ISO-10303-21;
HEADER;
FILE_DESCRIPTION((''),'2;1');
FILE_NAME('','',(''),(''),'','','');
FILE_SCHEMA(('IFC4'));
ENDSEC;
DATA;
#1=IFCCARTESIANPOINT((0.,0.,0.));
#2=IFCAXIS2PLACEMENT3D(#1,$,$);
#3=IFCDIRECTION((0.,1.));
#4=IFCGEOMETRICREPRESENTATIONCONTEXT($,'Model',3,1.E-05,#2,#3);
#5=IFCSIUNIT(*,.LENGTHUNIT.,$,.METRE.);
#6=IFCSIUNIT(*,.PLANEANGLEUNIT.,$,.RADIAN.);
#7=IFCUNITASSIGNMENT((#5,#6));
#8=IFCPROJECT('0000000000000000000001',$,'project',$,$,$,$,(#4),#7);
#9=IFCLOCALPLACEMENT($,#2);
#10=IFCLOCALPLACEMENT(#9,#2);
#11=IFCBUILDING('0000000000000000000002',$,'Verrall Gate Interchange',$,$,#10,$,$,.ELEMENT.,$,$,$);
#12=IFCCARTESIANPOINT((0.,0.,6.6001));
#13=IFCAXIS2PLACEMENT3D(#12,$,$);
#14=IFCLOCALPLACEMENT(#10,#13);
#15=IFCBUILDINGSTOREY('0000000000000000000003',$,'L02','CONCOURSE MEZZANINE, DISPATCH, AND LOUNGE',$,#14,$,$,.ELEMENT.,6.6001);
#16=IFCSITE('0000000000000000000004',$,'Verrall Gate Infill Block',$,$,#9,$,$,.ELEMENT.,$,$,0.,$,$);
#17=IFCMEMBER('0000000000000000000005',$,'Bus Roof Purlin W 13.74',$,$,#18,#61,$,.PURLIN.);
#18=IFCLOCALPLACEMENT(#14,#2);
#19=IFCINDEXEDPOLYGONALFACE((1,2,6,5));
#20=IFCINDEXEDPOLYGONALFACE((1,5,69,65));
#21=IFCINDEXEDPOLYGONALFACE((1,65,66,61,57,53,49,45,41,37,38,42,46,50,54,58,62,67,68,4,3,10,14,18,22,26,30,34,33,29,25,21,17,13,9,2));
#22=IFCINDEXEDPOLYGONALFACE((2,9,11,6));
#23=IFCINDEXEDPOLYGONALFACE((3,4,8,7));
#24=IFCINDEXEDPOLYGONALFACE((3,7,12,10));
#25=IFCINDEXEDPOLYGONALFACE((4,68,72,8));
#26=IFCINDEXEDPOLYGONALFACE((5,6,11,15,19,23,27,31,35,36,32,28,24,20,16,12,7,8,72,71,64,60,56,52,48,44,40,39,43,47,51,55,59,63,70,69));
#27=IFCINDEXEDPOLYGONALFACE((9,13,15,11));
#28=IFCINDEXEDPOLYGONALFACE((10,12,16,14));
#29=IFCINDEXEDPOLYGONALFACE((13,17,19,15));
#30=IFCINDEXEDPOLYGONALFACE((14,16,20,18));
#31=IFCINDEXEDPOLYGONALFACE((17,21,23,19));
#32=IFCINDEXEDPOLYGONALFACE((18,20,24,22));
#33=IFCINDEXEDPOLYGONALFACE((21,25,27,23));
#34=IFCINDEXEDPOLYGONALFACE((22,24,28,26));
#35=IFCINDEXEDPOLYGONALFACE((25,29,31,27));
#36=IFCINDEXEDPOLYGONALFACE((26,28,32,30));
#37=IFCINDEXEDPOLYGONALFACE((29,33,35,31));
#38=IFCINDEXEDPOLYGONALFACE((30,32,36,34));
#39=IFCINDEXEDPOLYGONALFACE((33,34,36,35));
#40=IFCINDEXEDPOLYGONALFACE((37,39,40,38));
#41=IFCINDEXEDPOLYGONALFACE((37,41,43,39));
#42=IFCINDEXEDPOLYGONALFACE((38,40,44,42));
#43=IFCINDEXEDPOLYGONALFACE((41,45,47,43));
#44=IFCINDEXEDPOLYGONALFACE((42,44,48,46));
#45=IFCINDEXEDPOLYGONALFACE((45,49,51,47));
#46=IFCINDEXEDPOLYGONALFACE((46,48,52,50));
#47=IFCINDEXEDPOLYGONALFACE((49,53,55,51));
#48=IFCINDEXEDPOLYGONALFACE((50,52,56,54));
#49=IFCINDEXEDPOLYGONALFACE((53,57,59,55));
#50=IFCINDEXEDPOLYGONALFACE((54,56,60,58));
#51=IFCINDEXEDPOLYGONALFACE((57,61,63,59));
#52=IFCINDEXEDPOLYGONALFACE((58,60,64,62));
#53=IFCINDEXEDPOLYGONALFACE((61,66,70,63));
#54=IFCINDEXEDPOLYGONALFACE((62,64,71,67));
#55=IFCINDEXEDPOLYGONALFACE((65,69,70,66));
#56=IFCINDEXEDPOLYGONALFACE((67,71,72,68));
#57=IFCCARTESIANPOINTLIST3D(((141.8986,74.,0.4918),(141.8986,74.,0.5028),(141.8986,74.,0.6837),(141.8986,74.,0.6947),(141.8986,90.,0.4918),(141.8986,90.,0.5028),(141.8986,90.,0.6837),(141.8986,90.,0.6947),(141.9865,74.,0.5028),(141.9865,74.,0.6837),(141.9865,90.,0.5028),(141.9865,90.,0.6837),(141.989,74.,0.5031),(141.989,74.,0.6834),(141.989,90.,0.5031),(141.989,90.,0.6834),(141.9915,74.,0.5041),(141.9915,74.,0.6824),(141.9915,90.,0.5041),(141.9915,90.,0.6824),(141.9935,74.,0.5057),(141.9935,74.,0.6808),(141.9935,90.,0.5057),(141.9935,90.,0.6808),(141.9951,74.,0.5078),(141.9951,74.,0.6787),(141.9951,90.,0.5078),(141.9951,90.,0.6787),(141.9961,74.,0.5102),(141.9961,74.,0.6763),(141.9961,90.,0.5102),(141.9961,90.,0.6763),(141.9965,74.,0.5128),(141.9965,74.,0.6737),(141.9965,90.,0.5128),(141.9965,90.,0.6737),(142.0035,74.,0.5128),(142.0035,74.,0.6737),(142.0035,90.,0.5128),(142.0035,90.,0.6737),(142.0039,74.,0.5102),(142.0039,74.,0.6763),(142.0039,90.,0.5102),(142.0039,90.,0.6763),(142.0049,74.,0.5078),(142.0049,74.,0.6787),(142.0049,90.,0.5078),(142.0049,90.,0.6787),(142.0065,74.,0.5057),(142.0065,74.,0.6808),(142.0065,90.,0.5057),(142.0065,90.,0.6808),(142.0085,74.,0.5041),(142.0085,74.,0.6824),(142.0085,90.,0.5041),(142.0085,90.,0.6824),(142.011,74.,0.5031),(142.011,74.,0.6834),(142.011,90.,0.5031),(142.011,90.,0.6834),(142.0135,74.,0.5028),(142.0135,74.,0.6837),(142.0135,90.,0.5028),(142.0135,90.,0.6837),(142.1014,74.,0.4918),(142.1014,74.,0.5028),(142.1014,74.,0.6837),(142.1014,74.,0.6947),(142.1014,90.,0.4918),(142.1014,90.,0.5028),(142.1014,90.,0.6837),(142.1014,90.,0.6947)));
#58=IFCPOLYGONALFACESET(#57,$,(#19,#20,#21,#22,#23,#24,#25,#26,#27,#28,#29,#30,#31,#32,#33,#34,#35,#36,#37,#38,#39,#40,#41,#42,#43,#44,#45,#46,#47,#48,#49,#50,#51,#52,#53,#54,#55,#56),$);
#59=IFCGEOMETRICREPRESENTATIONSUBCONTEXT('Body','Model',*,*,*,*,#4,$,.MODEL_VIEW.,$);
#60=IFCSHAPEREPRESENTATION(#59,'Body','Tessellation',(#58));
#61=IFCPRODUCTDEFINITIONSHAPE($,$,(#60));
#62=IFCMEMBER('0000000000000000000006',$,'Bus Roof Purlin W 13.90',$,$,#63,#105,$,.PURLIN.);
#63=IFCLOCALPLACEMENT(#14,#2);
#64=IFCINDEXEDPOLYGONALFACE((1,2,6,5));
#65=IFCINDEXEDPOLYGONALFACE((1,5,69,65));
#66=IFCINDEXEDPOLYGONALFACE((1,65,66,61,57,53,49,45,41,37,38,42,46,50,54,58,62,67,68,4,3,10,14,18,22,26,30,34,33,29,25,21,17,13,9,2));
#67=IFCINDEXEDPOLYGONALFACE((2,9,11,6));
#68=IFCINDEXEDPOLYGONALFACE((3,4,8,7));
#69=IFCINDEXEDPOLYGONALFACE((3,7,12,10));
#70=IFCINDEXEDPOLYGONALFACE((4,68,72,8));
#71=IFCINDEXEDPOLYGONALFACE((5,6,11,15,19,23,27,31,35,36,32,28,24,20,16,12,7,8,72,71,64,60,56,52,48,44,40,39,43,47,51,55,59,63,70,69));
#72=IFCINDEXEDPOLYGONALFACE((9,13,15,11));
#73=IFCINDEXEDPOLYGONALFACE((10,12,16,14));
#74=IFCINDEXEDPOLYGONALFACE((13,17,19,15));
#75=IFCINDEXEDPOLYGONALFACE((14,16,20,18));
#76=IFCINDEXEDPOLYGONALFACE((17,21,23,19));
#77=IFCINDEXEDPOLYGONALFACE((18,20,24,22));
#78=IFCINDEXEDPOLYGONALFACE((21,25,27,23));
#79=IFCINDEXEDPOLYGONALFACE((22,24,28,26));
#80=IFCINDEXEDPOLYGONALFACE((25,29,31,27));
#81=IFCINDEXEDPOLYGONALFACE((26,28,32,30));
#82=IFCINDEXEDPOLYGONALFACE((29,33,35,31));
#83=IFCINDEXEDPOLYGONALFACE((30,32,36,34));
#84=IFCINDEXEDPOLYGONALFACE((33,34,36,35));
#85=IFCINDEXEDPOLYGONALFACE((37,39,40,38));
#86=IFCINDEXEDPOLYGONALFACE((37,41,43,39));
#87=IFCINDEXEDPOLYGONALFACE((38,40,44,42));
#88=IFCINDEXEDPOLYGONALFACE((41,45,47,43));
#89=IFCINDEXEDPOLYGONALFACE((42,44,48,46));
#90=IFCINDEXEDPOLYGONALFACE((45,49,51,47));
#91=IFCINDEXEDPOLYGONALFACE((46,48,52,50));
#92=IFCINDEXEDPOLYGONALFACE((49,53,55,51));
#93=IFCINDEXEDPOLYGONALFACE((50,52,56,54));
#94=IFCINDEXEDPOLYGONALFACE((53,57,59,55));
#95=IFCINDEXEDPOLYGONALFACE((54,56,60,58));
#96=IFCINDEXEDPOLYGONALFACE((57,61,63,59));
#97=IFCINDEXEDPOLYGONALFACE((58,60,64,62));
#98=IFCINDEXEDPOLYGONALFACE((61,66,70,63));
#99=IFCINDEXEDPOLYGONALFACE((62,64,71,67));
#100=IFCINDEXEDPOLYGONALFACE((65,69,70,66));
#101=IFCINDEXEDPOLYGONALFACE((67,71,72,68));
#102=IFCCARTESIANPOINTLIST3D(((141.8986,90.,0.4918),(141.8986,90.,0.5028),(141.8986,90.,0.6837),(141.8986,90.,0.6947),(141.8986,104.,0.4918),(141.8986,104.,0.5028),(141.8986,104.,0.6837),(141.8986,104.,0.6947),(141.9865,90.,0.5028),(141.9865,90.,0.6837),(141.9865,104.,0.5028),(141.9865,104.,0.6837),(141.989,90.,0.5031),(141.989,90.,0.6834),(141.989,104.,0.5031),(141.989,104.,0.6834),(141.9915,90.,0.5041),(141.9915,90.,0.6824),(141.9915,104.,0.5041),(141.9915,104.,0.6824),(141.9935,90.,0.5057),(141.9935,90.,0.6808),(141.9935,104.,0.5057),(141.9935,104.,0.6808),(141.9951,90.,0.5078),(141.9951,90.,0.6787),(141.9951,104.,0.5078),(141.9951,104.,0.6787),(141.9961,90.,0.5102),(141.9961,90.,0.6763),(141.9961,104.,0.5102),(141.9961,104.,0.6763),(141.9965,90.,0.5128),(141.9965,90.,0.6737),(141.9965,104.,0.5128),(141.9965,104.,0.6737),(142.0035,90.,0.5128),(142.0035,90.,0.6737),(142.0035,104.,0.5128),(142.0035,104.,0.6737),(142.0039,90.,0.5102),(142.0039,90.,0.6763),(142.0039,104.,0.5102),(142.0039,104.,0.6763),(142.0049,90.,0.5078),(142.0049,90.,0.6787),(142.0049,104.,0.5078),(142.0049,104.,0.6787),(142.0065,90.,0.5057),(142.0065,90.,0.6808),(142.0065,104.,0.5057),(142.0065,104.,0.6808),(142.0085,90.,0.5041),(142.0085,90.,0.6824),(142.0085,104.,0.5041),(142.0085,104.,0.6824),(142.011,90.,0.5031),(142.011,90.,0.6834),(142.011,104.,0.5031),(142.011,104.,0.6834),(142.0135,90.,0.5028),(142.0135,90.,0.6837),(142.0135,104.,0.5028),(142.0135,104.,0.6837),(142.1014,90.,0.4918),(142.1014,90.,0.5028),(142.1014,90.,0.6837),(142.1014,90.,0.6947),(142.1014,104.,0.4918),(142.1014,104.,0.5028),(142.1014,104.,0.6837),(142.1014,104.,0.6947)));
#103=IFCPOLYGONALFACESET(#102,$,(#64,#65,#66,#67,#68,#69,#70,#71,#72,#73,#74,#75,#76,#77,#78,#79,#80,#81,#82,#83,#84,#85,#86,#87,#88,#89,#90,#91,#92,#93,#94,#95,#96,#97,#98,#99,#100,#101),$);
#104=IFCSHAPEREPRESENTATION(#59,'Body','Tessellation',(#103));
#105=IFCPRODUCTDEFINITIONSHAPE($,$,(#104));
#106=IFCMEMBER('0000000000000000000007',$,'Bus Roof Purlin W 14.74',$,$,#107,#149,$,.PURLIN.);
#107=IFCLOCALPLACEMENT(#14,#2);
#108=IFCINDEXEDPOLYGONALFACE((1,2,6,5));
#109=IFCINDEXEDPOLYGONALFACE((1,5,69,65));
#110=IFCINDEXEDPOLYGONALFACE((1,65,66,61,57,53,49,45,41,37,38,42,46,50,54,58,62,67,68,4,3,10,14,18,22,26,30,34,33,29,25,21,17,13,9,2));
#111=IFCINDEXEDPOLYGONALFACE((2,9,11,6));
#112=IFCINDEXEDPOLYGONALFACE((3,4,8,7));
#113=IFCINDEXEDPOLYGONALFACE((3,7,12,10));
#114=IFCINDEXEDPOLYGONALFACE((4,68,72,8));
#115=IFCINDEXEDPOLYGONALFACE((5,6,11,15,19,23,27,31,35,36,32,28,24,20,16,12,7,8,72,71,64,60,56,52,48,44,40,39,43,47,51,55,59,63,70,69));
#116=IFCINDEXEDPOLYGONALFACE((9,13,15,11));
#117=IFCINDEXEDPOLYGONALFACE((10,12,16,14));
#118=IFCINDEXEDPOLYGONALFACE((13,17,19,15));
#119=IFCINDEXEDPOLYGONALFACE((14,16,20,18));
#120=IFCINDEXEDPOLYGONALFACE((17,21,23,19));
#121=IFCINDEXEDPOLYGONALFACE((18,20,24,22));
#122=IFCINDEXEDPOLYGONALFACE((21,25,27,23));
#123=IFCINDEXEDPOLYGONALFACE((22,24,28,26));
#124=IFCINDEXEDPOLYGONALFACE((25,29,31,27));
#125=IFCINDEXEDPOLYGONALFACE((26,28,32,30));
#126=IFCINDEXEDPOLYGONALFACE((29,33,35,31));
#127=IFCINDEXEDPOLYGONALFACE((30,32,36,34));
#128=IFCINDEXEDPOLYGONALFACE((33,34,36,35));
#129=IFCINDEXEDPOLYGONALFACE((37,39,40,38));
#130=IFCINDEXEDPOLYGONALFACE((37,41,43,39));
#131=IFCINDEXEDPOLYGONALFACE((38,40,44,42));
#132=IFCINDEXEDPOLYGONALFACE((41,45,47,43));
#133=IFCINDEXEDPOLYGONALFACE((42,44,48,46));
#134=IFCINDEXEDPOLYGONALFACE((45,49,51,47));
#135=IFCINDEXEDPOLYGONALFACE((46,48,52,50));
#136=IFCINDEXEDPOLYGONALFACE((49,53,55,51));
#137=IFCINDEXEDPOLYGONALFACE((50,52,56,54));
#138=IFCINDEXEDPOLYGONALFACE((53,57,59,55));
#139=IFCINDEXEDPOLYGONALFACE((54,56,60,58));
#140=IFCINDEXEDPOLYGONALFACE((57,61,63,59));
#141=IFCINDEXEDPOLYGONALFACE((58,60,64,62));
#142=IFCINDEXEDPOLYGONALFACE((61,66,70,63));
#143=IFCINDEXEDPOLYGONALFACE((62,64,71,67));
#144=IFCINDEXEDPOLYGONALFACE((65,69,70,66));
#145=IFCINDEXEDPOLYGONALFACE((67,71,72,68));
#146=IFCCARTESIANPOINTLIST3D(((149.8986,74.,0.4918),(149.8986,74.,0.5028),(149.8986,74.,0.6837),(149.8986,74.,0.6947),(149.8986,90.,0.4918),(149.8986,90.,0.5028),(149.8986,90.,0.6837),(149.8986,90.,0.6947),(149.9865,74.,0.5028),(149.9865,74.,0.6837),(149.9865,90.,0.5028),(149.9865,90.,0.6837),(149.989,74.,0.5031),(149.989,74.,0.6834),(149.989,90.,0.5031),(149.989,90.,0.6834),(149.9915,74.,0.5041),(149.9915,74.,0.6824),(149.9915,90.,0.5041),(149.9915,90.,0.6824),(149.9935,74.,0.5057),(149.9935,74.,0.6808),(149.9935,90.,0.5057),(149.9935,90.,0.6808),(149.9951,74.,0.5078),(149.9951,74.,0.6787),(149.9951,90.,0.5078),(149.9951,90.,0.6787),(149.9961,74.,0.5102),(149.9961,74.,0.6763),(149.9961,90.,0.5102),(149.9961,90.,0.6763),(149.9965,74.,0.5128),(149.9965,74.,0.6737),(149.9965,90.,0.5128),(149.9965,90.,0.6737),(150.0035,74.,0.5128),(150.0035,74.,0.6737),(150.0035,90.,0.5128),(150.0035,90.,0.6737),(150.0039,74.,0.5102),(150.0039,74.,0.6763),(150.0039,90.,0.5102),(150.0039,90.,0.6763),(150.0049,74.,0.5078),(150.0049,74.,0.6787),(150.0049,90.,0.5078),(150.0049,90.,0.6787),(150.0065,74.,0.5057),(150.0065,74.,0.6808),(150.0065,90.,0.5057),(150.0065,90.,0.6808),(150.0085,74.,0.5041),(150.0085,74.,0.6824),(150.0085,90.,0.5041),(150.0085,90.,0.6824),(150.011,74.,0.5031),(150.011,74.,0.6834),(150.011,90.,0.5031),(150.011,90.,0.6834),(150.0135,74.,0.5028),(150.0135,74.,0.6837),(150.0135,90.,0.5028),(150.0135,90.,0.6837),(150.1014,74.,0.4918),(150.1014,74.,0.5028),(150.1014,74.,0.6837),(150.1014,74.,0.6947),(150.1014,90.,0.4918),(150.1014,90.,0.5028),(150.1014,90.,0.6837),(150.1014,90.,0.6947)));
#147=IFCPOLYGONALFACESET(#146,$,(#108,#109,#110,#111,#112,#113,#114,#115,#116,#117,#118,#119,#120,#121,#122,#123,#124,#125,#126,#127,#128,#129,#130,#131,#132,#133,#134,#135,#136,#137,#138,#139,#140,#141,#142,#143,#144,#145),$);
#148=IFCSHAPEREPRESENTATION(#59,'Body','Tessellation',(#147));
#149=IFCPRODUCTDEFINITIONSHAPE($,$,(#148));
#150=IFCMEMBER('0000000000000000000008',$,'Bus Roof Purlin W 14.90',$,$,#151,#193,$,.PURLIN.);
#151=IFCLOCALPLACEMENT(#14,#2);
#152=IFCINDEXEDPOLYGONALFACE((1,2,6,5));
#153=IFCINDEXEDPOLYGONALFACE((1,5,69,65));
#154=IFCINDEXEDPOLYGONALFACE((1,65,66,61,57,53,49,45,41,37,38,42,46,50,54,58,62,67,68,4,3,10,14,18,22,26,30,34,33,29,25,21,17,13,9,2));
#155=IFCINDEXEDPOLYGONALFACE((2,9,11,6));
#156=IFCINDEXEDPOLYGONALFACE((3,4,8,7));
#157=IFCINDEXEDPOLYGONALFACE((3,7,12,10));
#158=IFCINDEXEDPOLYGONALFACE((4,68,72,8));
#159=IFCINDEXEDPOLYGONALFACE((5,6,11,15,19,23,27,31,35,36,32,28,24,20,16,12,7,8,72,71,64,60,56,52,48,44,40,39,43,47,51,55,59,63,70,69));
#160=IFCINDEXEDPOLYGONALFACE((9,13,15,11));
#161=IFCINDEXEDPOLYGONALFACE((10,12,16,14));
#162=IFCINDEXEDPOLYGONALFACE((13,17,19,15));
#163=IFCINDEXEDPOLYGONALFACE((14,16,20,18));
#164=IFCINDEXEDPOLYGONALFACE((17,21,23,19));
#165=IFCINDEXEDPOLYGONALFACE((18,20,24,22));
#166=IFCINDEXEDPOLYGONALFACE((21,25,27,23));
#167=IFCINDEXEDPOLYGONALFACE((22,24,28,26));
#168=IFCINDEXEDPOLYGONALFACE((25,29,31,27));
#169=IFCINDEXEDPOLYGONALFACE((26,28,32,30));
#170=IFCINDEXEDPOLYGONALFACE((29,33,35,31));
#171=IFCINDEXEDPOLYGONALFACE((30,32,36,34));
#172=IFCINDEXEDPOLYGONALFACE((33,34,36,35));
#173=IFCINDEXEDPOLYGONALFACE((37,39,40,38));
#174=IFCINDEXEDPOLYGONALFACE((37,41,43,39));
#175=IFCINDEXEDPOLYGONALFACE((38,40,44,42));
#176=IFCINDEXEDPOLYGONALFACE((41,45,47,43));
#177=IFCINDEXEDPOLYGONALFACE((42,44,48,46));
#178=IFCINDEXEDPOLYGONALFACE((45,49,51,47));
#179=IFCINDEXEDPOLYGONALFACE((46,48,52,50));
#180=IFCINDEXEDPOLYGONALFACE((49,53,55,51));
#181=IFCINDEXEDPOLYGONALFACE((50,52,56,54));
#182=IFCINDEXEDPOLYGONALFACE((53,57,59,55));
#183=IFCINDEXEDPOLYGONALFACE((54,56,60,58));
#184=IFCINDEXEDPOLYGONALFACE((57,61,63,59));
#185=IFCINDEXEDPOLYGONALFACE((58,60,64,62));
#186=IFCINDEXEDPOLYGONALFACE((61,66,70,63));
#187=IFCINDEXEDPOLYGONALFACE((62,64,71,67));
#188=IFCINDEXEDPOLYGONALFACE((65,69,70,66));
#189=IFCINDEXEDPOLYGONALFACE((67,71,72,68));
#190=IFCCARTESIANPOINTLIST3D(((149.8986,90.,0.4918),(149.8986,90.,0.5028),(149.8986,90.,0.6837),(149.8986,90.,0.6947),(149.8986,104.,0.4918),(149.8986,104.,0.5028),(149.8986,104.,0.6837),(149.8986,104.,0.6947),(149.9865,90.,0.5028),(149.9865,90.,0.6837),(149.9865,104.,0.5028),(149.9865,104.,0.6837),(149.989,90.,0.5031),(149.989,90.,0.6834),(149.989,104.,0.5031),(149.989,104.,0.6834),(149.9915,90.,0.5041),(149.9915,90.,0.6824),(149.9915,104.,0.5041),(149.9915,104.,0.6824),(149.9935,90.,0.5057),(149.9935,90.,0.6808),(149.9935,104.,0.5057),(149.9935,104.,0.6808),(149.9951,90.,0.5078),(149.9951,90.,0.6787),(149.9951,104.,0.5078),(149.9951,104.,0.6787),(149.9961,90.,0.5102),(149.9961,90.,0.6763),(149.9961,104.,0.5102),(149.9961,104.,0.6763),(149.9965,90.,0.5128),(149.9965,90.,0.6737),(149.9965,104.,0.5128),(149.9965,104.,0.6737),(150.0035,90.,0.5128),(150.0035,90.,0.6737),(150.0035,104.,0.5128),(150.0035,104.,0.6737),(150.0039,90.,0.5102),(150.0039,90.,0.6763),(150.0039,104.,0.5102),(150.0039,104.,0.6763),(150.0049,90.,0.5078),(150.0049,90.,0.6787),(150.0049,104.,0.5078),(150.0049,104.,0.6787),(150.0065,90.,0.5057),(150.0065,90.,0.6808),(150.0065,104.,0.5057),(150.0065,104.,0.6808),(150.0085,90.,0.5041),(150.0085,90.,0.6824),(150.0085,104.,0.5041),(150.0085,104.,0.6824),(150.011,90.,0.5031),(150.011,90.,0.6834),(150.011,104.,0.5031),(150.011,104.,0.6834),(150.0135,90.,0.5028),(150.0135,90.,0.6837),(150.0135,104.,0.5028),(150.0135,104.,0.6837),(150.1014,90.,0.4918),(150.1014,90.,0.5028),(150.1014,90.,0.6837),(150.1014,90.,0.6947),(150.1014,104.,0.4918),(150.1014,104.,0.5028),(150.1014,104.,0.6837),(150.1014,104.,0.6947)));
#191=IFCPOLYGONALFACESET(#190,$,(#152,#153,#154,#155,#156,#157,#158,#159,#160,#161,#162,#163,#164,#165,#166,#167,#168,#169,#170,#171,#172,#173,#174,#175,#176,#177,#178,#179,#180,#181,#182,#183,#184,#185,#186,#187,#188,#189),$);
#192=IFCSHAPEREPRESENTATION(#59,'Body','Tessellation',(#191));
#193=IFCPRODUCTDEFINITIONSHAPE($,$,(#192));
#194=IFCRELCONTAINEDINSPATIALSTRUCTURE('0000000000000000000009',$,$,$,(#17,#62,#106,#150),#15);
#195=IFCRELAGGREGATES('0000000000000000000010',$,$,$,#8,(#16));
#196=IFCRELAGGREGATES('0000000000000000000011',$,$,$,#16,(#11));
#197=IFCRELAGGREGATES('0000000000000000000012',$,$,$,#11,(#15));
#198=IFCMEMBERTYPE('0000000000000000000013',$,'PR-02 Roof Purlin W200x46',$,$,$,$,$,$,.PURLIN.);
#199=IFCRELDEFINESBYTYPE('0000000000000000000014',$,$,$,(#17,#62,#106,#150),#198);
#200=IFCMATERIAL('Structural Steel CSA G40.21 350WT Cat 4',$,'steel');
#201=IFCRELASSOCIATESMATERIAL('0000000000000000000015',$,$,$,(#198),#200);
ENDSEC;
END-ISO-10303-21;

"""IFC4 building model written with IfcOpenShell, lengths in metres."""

from ifc_helpers import new_model, si_unit, direction, frame, origin, origin_2d, place, context, subcontext, project, spatial, i_section, extrude, material, material_profile, profile_set, type_object, element, save


model = new_model("IFC4")

# Units and contexts
model_context = context("Model", 3, precision=1e-05, world=origin(), true_north=direction((0.0, 1.0)))
body_context = subcontext(model_context, "Body", "Model", "MODEL_VIEW")
ifc_project = project(units=[si_unit("LENGTHUNIT", "METRE"), si_unit("PLANEANGLEUNIT", "RADIAN")], contexts=[model_context])

# Site, building, storey
site_placement = place(None, origin())
site = spatial("IfcSite", under=ifc_project, at=site_placement, Name="Verrall Gate Infill Block", CompositionType="ELEMENT", RefElevation=0.0)
building_placement = place(site_placement, origin())
building = spatial("IfcBuilding", under=site, at=building_placement, Name="Verrall Gate Interchange", CompositionType="ELEMENT")
storey_placement = place(building_placement, frame((0.0, 0.0, 6.6001)))
storey = spatial("IfcBuildingStorey", under=building, at=storey_placement, Name="L02", Description="CONCOURSE MEZZANINE, DISPATCH, AND LOUNGE", CompositionType="ELEMENT", Elevation=6.6001)

# Members
ifc_material_1 = material(Name="Structural Steel CSA G40.21 350WT Cat 4", Category="steel")
ifc_material_profile_1 = material_profile(ifc_material_1, i_section(OverallWidth=0.2029, OverallDepth=0.2029, WebThickness=0.0071, FlangeThickness=0.011, FilletRadius=0.01, at=origin_2d()), Name="W200x46")
ifc_profile_set_1 = profile_set([ifc_material_profile_1], Name="Structural Steel CSA G40.21 350WT Cat 4")
member_type_1 = type_object("IfcMemberType", Name="PR-02 Roof Purlin W200x46", PredefinedType="PURLIN", material=ifc_profile_set_1)
member_1_placement = place(storey_placement, frame((142.0, 74.0, 0.5933), z_axis=(0.0, 1.0, 0.0), x_axis=(-1.0, 0.0, 0.0)))
element("IfcMember", 1, at=member_1_placement, inside=storey, type_object=member_type_1, Name="Bus Roof Purlin W 13.74", PredefinedType="PURLIN", context=body_context, shape_type="SweptSolid", body=[
    extrude(i_section(OverallWidth=0.2029, OverallDepth=0.2029, WebThickness=0.0071, FlangeThickness=0.011, FilletRadius=0.01, at=origin_2d()), origin(), (0.0, 0.0, 1.0), 16.0),
])
member_2_placement = place(storey_placement, frame((142.0, 90.0, 0.5933), z_axis=(0.0, 1.0, 0.0), x_axis=(-1.0, 0.0, 0.0)))
element("IfcMember", 2, at=member_2_placement, inside=storey, type_object=member_type_1, Name="Bus Roof Purlin W 13.90", PredefinedType="PURLIN", context=body_context, shape_type="SweptSolid", body=[
    extrude(i_section(OverallWidth=0.2029, OverallDepth=0.2029, WebThickness=0.0071, FlangeThickness=0.011, FilletRadius=0.01, at=origin_2d()), origin(), (0.0, 0.0, 1.0), 14.0),
])
member_3_placement = place(storey_placement, frame((150.0, 74.0, 0.5933), z_axis=(0.0, 1.0, 0.0), x_axis=(-1.0, 0.0, 0.0)))
element("IfcMember", 3, at=member_3_placement, inside=storey, type_object=member_type_1, Name="Bus Roof Purlin W 14.74", PredefinedType="PURLIN", context=body_context, shape_type="SweptSolid", body=[
    extrude(i_section(OverallWidth=0.2029, OverallDepth=0.2029, WebThickness=0.0071, FlangeThickness=0.011, FilletRadius=0.01, at=origin_2d()), origin(), (0.0, 0.0, 1.0), 16.0),
])
member_4_placement = place(storey_placement, frame((150.0, 90.0, 0.5933), z_axis=(0.0, 1.0, 0.0), x_axis=(-1.0, 0.0, 0.0)))
element("IfcMember", 4, at=member_4_placement, inside=storey, type_object=member_type_1, Name="Bus Roof Purlin W 14.90", PredefinedType="PURLIN", context=body_context, shape_type="SweptSolid", body=[
    extrude(i_section(OverallWidth=0.2029, OverallDepth=0.2029, WebThickness=0.0071, FlangeThickness=0.011, FilletRadius=0.01, at=origin_2d()), origin(), (0.0, 0.0, 1.0), 14.0),
])

save(model, "model.ifc")
